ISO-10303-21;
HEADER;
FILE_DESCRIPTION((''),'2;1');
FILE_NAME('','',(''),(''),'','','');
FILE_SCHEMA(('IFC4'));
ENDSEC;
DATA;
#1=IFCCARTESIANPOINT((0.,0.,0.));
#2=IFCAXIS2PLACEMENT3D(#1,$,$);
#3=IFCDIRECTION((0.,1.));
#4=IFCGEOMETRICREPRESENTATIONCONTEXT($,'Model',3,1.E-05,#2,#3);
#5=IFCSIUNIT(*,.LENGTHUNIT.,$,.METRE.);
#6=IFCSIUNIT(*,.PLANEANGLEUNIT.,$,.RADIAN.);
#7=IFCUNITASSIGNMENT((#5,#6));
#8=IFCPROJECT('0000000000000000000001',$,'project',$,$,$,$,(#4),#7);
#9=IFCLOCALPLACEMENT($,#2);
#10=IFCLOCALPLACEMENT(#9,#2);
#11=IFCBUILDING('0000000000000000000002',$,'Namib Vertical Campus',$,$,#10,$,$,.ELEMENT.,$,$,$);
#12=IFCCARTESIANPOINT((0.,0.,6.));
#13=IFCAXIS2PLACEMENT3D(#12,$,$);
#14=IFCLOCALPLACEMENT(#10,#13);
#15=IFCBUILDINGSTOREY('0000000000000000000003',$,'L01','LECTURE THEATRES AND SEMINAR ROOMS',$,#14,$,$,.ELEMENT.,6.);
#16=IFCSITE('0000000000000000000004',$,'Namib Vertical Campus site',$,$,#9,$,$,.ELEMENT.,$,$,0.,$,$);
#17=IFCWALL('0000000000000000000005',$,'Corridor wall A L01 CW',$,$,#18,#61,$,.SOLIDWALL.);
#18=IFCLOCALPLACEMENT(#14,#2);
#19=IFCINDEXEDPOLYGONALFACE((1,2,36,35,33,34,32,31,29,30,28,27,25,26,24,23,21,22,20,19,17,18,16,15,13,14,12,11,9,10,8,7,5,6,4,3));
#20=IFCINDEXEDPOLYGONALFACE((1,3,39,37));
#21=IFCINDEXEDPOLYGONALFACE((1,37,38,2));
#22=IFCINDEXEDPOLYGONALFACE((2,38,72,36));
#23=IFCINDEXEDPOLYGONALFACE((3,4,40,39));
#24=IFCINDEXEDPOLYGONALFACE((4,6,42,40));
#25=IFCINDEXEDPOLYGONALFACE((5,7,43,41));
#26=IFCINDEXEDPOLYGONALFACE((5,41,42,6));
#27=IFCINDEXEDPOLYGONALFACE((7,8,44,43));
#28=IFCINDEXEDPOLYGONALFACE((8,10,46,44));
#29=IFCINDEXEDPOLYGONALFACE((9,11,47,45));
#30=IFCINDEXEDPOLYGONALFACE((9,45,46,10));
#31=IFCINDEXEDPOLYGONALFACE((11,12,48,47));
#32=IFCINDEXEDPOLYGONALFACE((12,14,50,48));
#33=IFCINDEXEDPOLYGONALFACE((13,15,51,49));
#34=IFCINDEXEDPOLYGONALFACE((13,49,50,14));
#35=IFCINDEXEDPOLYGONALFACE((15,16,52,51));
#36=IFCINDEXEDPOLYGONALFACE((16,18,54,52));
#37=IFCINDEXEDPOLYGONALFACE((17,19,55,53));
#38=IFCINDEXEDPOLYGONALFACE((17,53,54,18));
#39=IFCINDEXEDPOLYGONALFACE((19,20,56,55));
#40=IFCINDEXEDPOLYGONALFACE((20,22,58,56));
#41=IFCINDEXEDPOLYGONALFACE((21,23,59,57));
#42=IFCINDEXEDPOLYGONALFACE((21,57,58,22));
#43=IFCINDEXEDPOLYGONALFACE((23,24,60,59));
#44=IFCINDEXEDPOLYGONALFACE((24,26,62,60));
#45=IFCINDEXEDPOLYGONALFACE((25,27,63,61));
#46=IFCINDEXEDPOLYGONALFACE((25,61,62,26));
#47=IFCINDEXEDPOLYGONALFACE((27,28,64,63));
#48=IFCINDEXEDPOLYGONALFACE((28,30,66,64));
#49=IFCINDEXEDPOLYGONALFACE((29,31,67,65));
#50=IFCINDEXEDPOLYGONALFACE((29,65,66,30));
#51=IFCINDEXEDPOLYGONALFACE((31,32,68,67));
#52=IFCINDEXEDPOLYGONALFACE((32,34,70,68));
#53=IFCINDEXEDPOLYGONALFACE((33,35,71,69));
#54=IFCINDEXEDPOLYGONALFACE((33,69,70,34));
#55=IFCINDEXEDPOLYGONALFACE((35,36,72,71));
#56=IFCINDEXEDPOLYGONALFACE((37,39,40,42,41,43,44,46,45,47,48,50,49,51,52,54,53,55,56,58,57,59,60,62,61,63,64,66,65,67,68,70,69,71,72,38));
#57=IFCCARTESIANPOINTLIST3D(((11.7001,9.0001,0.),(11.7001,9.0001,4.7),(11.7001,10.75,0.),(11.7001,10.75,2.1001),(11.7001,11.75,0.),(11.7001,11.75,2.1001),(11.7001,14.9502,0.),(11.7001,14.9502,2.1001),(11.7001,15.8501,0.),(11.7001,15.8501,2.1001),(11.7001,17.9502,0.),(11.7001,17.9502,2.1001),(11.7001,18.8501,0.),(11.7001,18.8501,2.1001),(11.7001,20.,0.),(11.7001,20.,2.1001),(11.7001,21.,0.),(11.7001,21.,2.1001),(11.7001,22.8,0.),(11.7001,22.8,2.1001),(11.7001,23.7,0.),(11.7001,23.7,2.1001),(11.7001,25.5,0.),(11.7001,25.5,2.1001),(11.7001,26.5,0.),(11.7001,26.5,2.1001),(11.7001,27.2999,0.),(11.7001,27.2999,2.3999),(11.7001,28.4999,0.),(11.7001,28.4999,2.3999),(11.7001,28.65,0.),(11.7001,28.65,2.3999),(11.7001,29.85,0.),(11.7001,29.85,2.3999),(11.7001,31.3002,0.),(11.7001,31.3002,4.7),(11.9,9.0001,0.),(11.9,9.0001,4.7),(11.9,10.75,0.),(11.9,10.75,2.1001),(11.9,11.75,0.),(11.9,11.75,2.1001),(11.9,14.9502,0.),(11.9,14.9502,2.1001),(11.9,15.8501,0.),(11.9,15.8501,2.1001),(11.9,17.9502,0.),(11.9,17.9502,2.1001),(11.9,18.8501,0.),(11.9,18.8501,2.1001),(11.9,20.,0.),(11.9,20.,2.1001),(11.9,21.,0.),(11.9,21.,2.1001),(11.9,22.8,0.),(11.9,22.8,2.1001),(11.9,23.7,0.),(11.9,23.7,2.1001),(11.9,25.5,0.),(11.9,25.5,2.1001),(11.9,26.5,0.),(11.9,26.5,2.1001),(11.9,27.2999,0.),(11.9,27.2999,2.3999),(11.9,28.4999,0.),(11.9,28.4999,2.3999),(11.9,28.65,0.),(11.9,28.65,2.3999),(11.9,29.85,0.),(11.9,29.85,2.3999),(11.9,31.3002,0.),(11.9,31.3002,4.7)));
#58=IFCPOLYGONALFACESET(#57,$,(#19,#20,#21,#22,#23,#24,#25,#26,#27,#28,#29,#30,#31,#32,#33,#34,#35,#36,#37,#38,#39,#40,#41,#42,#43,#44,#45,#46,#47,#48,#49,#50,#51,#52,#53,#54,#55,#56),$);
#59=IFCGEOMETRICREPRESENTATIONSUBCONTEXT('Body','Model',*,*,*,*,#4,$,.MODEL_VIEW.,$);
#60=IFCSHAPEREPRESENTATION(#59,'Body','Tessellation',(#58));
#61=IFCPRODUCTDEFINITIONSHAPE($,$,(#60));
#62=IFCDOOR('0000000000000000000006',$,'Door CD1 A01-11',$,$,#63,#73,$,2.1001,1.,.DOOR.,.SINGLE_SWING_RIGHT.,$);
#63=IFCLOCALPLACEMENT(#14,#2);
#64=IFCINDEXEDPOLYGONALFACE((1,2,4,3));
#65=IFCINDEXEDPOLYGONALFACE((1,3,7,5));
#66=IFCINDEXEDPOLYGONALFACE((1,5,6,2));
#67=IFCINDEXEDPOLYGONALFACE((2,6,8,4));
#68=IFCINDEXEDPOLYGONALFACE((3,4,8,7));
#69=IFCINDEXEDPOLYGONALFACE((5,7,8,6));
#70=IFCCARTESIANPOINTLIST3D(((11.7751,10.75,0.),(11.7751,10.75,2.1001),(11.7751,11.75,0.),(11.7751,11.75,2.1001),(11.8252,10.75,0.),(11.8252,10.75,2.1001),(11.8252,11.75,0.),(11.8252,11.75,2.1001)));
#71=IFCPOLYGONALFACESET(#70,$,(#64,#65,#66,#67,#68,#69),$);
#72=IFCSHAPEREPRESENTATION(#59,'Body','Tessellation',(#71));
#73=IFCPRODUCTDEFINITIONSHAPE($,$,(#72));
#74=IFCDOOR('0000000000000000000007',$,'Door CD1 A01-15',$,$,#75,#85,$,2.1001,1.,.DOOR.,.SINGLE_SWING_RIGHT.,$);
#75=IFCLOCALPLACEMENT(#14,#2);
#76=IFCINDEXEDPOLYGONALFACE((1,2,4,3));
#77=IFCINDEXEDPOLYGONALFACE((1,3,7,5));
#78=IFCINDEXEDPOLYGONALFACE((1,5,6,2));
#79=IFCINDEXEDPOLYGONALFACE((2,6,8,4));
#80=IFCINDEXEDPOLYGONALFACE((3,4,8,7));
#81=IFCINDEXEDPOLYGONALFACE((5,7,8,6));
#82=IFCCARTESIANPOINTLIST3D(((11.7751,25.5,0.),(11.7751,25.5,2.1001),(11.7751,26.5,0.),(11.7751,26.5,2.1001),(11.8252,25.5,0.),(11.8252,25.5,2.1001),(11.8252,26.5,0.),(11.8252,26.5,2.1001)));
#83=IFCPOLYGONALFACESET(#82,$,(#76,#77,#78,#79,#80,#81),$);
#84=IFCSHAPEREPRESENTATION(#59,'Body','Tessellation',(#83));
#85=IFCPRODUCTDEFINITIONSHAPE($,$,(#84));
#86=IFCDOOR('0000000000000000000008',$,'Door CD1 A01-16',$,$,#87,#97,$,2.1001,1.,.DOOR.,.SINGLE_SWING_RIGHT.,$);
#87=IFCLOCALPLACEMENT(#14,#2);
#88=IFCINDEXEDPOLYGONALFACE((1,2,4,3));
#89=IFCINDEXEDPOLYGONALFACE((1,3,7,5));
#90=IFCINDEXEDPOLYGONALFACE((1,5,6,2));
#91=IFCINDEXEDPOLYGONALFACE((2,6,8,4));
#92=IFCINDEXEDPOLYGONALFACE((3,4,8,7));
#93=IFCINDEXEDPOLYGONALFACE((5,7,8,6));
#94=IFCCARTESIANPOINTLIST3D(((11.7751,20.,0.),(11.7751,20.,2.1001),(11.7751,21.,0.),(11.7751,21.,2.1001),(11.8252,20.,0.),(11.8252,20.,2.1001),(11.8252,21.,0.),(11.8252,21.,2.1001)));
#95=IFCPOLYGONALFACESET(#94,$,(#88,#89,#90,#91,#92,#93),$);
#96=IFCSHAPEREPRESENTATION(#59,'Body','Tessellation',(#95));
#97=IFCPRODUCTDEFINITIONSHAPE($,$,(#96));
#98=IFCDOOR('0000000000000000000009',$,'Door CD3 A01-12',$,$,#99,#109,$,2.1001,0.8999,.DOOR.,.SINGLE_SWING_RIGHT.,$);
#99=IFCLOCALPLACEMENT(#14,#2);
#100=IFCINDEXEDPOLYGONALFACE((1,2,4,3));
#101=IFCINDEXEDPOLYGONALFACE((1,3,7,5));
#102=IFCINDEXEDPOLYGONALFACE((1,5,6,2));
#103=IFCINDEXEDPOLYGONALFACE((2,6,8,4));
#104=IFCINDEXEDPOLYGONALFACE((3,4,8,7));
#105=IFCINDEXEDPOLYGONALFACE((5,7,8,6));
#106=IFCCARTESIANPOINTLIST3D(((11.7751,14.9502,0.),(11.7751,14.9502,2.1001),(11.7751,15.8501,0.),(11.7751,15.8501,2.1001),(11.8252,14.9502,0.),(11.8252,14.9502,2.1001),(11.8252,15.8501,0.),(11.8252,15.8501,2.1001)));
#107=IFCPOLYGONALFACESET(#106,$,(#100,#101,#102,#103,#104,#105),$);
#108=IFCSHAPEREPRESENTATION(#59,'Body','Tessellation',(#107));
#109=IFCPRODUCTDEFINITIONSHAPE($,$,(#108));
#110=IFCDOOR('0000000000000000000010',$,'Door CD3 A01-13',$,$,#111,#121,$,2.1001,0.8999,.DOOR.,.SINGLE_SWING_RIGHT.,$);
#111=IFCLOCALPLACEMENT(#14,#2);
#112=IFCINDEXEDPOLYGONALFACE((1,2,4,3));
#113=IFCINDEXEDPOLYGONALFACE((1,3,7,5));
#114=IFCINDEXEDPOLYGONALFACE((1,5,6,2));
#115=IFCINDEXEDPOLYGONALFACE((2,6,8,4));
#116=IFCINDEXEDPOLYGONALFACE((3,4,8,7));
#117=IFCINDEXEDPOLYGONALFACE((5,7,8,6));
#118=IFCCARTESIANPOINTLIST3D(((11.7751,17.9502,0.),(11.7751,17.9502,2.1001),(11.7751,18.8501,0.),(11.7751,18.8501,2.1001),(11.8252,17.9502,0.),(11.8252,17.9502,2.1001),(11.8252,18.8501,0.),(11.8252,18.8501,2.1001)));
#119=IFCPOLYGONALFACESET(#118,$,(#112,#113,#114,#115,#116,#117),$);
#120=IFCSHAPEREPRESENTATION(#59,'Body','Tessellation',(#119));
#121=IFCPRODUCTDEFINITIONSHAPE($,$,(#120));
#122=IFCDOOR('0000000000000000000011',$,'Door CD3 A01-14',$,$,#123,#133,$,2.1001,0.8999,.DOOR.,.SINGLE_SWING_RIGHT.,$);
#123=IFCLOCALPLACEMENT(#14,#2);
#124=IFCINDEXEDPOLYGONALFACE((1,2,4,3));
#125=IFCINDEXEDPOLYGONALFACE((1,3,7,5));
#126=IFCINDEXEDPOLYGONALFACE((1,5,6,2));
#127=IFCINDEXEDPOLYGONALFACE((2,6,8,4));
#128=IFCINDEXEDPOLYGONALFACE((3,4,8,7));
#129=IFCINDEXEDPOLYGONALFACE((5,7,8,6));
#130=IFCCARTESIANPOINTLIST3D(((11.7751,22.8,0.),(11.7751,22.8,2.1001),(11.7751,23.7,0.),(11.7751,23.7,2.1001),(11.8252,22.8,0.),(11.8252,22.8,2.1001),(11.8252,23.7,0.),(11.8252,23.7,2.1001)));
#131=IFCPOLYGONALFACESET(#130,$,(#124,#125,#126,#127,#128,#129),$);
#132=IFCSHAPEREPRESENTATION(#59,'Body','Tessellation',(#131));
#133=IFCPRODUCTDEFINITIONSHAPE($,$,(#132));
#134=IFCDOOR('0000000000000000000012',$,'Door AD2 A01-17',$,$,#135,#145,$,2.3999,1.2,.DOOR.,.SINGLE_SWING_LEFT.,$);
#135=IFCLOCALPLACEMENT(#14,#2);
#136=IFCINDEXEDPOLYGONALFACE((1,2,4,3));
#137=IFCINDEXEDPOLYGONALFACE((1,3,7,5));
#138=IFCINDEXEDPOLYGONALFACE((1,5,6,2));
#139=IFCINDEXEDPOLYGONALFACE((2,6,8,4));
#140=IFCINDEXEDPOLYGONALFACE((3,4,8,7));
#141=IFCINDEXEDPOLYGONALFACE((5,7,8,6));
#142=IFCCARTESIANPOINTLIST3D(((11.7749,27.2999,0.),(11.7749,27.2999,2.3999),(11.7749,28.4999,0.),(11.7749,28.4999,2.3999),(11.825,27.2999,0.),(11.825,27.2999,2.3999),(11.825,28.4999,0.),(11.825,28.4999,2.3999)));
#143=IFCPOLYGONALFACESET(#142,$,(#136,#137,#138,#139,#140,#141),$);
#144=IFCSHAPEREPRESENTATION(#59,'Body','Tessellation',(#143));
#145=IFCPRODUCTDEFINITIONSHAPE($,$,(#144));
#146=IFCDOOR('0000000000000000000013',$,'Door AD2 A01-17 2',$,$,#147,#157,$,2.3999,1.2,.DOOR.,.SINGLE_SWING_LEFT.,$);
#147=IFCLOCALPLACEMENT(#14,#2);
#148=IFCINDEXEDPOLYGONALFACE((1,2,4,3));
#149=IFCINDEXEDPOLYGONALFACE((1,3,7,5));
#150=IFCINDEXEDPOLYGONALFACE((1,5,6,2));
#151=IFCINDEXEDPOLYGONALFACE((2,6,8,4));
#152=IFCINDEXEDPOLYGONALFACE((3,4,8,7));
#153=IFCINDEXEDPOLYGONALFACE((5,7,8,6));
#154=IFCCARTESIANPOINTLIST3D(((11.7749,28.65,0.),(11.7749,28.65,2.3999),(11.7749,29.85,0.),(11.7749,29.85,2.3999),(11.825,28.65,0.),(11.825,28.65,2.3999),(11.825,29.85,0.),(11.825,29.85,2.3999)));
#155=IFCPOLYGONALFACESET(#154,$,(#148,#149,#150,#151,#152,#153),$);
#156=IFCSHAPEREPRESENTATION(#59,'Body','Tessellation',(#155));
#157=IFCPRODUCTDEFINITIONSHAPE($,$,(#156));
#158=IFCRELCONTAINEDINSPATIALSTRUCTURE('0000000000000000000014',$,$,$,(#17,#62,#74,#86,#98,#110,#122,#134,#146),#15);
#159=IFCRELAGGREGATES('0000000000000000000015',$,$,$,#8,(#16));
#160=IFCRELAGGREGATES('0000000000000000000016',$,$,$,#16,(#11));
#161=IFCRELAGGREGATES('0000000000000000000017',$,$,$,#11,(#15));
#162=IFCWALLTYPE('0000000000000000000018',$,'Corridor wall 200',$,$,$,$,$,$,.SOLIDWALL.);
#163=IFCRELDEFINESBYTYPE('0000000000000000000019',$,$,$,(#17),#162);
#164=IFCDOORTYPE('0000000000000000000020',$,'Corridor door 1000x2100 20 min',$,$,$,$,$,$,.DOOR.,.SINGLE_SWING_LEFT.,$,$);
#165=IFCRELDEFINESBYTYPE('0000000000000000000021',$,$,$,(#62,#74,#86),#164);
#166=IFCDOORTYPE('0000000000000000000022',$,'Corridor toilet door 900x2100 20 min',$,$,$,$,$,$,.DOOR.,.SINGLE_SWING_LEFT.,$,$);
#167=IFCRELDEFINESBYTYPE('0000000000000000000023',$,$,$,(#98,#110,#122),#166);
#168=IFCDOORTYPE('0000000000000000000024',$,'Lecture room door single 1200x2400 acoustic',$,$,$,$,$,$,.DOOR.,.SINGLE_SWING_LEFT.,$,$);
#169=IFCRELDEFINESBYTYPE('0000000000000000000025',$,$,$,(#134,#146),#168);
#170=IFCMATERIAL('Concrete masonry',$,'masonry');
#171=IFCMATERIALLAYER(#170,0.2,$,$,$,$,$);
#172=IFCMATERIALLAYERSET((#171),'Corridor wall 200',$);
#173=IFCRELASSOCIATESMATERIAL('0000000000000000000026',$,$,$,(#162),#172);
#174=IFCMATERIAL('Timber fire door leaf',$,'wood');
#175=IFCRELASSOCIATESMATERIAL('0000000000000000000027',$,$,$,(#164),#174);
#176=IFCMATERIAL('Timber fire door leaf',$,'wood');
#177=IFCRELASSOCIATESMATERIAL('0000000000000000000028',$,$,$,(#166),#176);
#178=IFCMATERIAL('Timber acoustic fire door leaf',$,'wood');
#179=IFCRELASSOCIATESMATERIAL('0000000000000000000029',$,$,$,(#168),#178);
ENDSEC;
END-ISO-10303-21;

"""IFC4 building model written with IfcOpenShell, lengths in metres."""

from ifc_helpers import new_model, si_unit, direction, frame, frame_2d, origin, place, context, subcontext, project, spatial, rectangle, extrude, material, layer, layer_set, type_object, element, fill, save


model = new_model("IFC4")

# Units and contexts
model_context = context("Model", 3, precision=1e-05, world=origin(), true_north=direction((0.0, 1.0)))
body_context = subcontext(model_context, "Body", "Model", "MODEL_VIEW")
ifc_project = project(units=[si_unit("LENGTHUNIT", "METRE"), si_unit("PLANEANGLEUNIT", "RADIAN")], contexts=[model_context])

# Site, building, storey
site_placement = place(None, origin())
site = spatial("IfcSite", under=ifc_project, at=site_placement, Name="Namib Vertical Campus site", CompositionType="ELEMENT", RefElevation=0.0)
building_placement = place(site_placement, origin())
building = spatial("IfcBuilding", under=site, at=building_placement, Name="Namib Vertical Campus", CompositionType="ELEMENT")
storey_placement = place(building_placement, frame((0.0, 0.0, 6.0)))
storey = spatial("IfcBuildingStorey", under=building, at=storey_placement, Name="L01", Description="LECTURE THEATRES AND SEMINAR ROOMS", CompositionType="ELEMENT", Elevation=6.0)

# Wall, openings, doors
ifc_material_1 = material(Name="Concrete masonry", Category="masonry")
ifc_layer_1 = layer(ifc_material_1, 0.2)
ifc_layer_set_1 = layer_set([ifc_layer_1], Name="Corridor wall 200")
wall_type_1 = type_object("IfcWallType", Name="Corridor wall 200", PredefinedType="SOLIDWALL", material=ifc_layer_set_1)
wall_1_placement = place(storey_placement, frame((11.8, 31.3, 0.0), z_axis=(0.0, 0.0, 1.0), x_axis=(0.0, -1.0, 0.0)))
wall_1 = element("IfcWall", 1, at=wall_1_placement, inside=storey, type_object=wall_type_1, Name="Corridor wall A L01 CW", PredefinedType="SOLIDWALL", context=body_context, shape_type="SweptSolid", body=[
    extrude(rectangle(XDim=22.3, YDim=0.2, at=frame_2d((11.1499, 0.0))), origin(), (0.0, 0.0, 1.0), 4.7),
])
opening_1_placement = place(wall_1_placement, frame((19.55, 0.0, 0.0)))
opening_1 = element("IfcOpeningElement", 2, at=opening_1_placement, cuts=wall_1, PredefinedType="OPENING", context=body_context, shape_type="SweptSolid", body=[
    extrude(rectangle(XDim=1.0, YDim=2.1001, at=frame_2d((0.5, 1.05))), frame((0.0, 0.1099, 0.0), z_axis=(0.0, -1.0, 0.0), x_axis=(1.0, 0.0, 0.0)), (0.0, 0.0, 1.0), 0.22),
])
opening_2_placement = place(wall_1_placement, frame((15.45, 0.0, 0.0)))
opening_2 = element("IfcOpeningElement", 3, at=opening_2_placement, cuts=wall_1, PredefinedType="OPENING", context=body_context, shape_type="SweptSolid", body=[
    extrude(rectangle(XDim=0.8999, YDim=2.1001, at=frame_2d((0.45, 1.05))), frame((0.0, 0.1099, 0.0), z_axis=(0.0, -1.0, 0.0), x_axis=(1.0, 0.0, 0.0)), (0.0, 0.0, 1.0), 0.22),
])
opening_3_placement = place(wall_1_placement, frame((12.45, 0.0, 0.0)))
opening_3 = element("IfcOpeningElement", 4, at=opening_3_placement, cuts=wall_1, PredefinedType="OPENING", context=body_context, shape_type="SweptSolid", body=[
    extrude(rectangle(XDim=0.8999, YDim=2.1001, at=frame_2d((0.45, 1.05))), frame((0.0, 0.1099, 0.0), z_axis=(0.0, -1.0, 0.0), x_axis=(1.0, 0.0, 0.0)), (0.0, 0.0, 1.0), 0.22),
])
opening_4_placement = place(wall_1_placement, frame((7.6001, 0.0, 0.0)))
opening_4 = element("IfcOpeningElement", 5, at=opening_4_placement, cuts=wall_1, PredefinedType="OPENING", context=body_context, shape_type="SweptSolid", body=[
    extrude(rectangle(XDim=0.8999, YDim=2.1001, at=frame_2d((0.45, 1.05))), frame((0.0, 0.1099, 0.0), z_axis=(0.0, -1.0, 0.0), x_axis=(1.0, 0.0, 0.0)), (0.0, 0.0, 1.0), 0.22),
])
opening_5_placement = place(wall_1_placement, frame((4.8, 0.0, 0.0)))
opening_5 = element("IfcOpeningElement", 6, at=opening_5_placement, cuts=wall_1, PredefinedType="OPENING", context=body_context, shape_type="SweptSolid", body=[
    extrude(rectangle(XDim=1.0, YDim=2.1001, at=frame_2d((0.5, 1.05))), frame((0.0, 0.1099, 0.0), z_axis=(0.0, -1.0, 0.0), x_axis=(1.0, 0.0, 0.0)), (0.0, 0.0, 1.0), 0.22),
])
opening_6_placement = place(wall_1_placement, frame((10.3, 0.0, 0.0)))
opening_6 = element("IfcOpeningElement", 7, at=opening_6_placement, cuts=wall_1, PredefinedType="OPENING", context=body_context, shape_type="SweptSolid", body=[
    extrude(rectangle(XDim=1.0, YDim=2.1001, at=frame_2d((0.5, 1.05))), frame((0.0, 0.1099, 0.0), z_axis=(0.0, -1.0, 0.0), x_axis=(1.0, 0.0, 0.0)), (0.0, 0.0, 1.0), 0.22),
])
opening_7_placement = place(wall_1_placement, frame((2.8, 0.0, 0.0)))
opening_7 = element("IfcOpeningElement", 8, at=opening_7_placement, cuts=wall_1, PredefinedType="OPENING", context=body_context, shape_type="SweptSolid", body=[
    extrude(rectangle(XDim=1.2, YDim=2.3999, at=frame_2d((0.6001, 1.2))), frame((0.0, 0.1099, 0.0), z_axis=(0.0, -1.0, 0.0), x_axis=(1.0, 0.0, 0.0)), (0.0, 0.0, 1.0), 0.22),
])
opening_8_placement = place(wall_1_placement, frame((1.45, 0.0, 0.0)))
opening_8 = element("IfcOpeningElement", 9, at=opening_8_placement, cuts=wall_1, PredefinedType="OPENING", context=body_context, shape_type="SweptSolid", body=[
    extrude(rectangle(XDim=1.2, YDim=2.3999, at=frame_2d((0.6001, 1.2))), frame((0.0, 0.1099, 0.0), z_axis=(0.0, -1.0, 0.0), x_axis=(1.0, 0.0, 0.0)), (0.0, 0.0, 1.0), 0.22),
])
ifc_material_2 = material(Name="Timber fire door leaf", Category="wood")
door_type_1 = type_object("IfcDoorType", Name="Corridor door 1000x2100 20 min", OperationType="SINGLE_SWING_LEFT", PredefinedType="DOOR", material=ifc_material_2)
door_1_placement = place(opening_1_placement, frame((1.0, 0.0, 0.0), z_axis=(0.0, 0.0, 1.0), x_axis=(-1.0, 0.0, 0.0)))
door_1 = element("IfcDoor", 10, at=door_1_placement, inside=storey, type_object=door_type_1, Name="Door CD1 A01-11", OperationType="SINGLE_SWING_RIGHT", OverallHeight=2.1001, OverallWidth=1.0, PredefinedType="DOOR", context=body_context, shape_type="SweptSolid", body=[
    extrude(rectangle(XDim=1.0, YDim=2.1001, at=frame_2d((0.5, 1.05))), frame((0.0, 0.0249, 0.0), z_axis=(0.0, -1.0, 0.0), x_axis=(1.0, 0.0, 0.0)), (0.0, 0.0, 1.0), 0.05),
])
fill(opening_1, door_1)
door_2_placement = place(opening_5_placement, frame((1.0, 0.0, 0.0), z_axis=(0.0, 0.0, 1.0), x_axis=(-1.0, 0.0, 0.0)))
door_2 = element("IfcDoor", 11, at=door_2_placement, inside=storey, type_object=door_type_1, Name="Door CD1 A01-15", OperationType="SINGLE_SWING_RIGHT", OverallHeight=2.1001, OverallWidth=1.0, PredefinedType="DOOR", context=body_context, shape_type="SweptSolid", body=[
    extrude(rectangle(XDim=1.0, YDim=2.1001, at=frame_2d((0.5, 1.05))), frame((0.0, 0.0249, 0.0), z_axis=(0.0, -1.0, 0.0), x_axis=(1.0, 0.0, 0.0)), (0.0, 0.0, 1.0), 0.05),
])
fill(opening_5, door_2)
door_3_placement = place(opening_6_placement, frame((1.0, 0.0, 0.0), z_axis=(0.0, 0.0, 1.0), x_axis=(-1.0, 0.0, 0.0)))
door_3 = element("IfcDoor", 12, at=door_3_placement, inside=storey, type_object=door_type_1, Name="Door CD1 A01-16", OperationType="SINGLE_SWING_RIGHT", OverallHeight=2.1001, OverallWidth=1.0, PredefinedType="DOOR", context=body_context, shape_type="SweptSolid", body=[
    extrude(rectangle(XDim=1.0, YDim=2.1001, at=frame_2d((0.5, 1.05))), frame((0.0, 0.0249, 0.0), z_axis=(0.0, -1.0, 0.0), x_axis=(1.0, 0.0, 0.0)), (0.0, 0.0, 1.0), 0.05),
])
fill(opening_6, door_3)
ifc_material_3 = material(Name="Timber fire door leaf", Category="wood")
door_type_2 = type_object("IfcDoorType", Name="Corridor toilet door 900x2100 20 min", OperationType="SINGLE_SWING_LEFT", PredefinedType="DOOR", material=ifc_material_3)
door_4_placement = place(opening_2_placement, frame((0.8999, 0.0, 0.0), z_axis=(0.0, 0.0, 1.0), x_axis=(-1.0, 0.0, 0.0)))
door_4 = element("IfcDoor", 13, at=door_4_placement, inside=storey, type_object=door_type_2, Name="Door CD3 A01-12", OperationType="SINGLE_SWING_RIGHT", OverallHeight=2.1001, OverallWidth=0.8999, PredefinedType="DOOR", context=body_context, shape_type="SweptSolid", body=[
    extrude(rectangle(XDim=0.8999, YDim=2.1001, at=frame_2d((0.45, 1.05))), frame((0.0, 0.0249, 0.0), z_axis=(0.0, -1.0, 0.0), x_axis=(1.0, 0.0, 0.0)), (0.0, 0.0, 1.0), 0.05),
])
fill(opening_2, door_4)
door_5_placement = place(opening_3_placement, frame((0.8999, 0.0, 0.0), z_axis=(0.0, 0.0, 1.0), x_axis=(-1.0, 0.0, 0.0)))
door_5 = element("IfcDoor", 14, at=door_5_placement, inside=storey, type_object=door_type_2, Name="Door CD3 A01-13", OperationType="SINGLE_SWING_RIGHT", OverallHeight=2.1001, OverallWidth=0.8999, PredefinedType="DOOR", context=body_context, shape_type="SweptSolid", body=[
    extrude(rectangle(XDim=0.8999, YDim=2.1001, at=frame_2d((0.45, 1.05))), frame((0.0, 0.0249, 0.0), z_axis=(0.0, -1.0, 0.0), x_axis=(1.0, 0.0, 0.0)), (0.0, 0.0, 1.0), 0.05),
])
fill(opening_3, door_5)
door_6_placement = place(opening_4_placement, frame((0.8999, 0.0, 0.0), z_axis=(0.0, 0.0, 1.0), x_axis=(-1.0, 0.0, 0.0)))
door_6 = element("IfcDoor", 15, at=door_6_placement, inside=storey, type_object=door_type_2, Name="Door CD3 A01-14", OperationType="SINGLE_SWING_RIGHT", OverallHeight=2.1001, OverallWidth=0.8999, PredefinedType="DOOR", context=body_context, shape_type="SweptSolid", body=[
    extrude(rectangle(XDim=0.8999, YDim=2.1001, at=frame_2d((0.45, 1.05))), frame((0.0, 0.0249, 0.0), z_axis=(0.0, -1.0, 0.0), x_axis=(1.0, 0.0, 0.0)), (0.0, 0.0, 1.0), 0.05),
])
fill(opening_4, door_6)
ifc_material_4 = material(Name="Timber acoustic fire door leaf", Category="wood")
door_type_3 = type_object("IfcDoorType", Name="Lecture room door single 1200x2400 acoustic", OperationType="SINGLE_SWING_LEFT", PredefinedType="DOOR", material=ifc_material_4)
door_7_placement = place(opening_7_placement, origin())
door_7 = element("IfcDoor", 16, at=door_7_placement, inside=storey, type_object=door_type_3, Name="Door AD2 A01-17", OperationType="SINGLE_SWING_LEFT", OverallHeight=2.3999, OverallWidth=1.2, PredefinedType="DOOR", context=body_context, shape_type="SweptSolid", body=[
    extrude(rectangle(XDim=1.2, YDim=2.3999, at=frame_2d((0.6001, 1.2))), frame((0.0, 0.0249, 0.0), z_axis=(0.0, -1.0, 0.0), x_axis=(1.0, 0.0, 0.0)), (0.0, 0.0, 1.0), 0.05),
])
fill(opening_7, door_7)
door_8_placement = place(opening_8_placement, origin())
door_8 = element("IfcDoor", 17, at=door_8_placement, inside=storey, type_object=door_type_3, Name="Door AD2 A01-17 2", OperationType="SINGLE_SWING_LEFT", OverallHeight=2.3999, OverallWidth=1.2, PredefinedType="DOOR", context=body_context, shape_type="SweptSolid", body=[
    extrude(rectangle(XDim=1.2, YDim=2.3999, at=frame_2d((0.6001, 1.2))), frame((0.0, 0.0249, 0.0), z_axis=(0.0, -1.0, 0.0), x_axis=(1.0, 0.0, 0.0)), (0.0, 0.0, 1.0), 0.05),
])
fill(opening_8, door_8)

save(model, "model.ifc")
